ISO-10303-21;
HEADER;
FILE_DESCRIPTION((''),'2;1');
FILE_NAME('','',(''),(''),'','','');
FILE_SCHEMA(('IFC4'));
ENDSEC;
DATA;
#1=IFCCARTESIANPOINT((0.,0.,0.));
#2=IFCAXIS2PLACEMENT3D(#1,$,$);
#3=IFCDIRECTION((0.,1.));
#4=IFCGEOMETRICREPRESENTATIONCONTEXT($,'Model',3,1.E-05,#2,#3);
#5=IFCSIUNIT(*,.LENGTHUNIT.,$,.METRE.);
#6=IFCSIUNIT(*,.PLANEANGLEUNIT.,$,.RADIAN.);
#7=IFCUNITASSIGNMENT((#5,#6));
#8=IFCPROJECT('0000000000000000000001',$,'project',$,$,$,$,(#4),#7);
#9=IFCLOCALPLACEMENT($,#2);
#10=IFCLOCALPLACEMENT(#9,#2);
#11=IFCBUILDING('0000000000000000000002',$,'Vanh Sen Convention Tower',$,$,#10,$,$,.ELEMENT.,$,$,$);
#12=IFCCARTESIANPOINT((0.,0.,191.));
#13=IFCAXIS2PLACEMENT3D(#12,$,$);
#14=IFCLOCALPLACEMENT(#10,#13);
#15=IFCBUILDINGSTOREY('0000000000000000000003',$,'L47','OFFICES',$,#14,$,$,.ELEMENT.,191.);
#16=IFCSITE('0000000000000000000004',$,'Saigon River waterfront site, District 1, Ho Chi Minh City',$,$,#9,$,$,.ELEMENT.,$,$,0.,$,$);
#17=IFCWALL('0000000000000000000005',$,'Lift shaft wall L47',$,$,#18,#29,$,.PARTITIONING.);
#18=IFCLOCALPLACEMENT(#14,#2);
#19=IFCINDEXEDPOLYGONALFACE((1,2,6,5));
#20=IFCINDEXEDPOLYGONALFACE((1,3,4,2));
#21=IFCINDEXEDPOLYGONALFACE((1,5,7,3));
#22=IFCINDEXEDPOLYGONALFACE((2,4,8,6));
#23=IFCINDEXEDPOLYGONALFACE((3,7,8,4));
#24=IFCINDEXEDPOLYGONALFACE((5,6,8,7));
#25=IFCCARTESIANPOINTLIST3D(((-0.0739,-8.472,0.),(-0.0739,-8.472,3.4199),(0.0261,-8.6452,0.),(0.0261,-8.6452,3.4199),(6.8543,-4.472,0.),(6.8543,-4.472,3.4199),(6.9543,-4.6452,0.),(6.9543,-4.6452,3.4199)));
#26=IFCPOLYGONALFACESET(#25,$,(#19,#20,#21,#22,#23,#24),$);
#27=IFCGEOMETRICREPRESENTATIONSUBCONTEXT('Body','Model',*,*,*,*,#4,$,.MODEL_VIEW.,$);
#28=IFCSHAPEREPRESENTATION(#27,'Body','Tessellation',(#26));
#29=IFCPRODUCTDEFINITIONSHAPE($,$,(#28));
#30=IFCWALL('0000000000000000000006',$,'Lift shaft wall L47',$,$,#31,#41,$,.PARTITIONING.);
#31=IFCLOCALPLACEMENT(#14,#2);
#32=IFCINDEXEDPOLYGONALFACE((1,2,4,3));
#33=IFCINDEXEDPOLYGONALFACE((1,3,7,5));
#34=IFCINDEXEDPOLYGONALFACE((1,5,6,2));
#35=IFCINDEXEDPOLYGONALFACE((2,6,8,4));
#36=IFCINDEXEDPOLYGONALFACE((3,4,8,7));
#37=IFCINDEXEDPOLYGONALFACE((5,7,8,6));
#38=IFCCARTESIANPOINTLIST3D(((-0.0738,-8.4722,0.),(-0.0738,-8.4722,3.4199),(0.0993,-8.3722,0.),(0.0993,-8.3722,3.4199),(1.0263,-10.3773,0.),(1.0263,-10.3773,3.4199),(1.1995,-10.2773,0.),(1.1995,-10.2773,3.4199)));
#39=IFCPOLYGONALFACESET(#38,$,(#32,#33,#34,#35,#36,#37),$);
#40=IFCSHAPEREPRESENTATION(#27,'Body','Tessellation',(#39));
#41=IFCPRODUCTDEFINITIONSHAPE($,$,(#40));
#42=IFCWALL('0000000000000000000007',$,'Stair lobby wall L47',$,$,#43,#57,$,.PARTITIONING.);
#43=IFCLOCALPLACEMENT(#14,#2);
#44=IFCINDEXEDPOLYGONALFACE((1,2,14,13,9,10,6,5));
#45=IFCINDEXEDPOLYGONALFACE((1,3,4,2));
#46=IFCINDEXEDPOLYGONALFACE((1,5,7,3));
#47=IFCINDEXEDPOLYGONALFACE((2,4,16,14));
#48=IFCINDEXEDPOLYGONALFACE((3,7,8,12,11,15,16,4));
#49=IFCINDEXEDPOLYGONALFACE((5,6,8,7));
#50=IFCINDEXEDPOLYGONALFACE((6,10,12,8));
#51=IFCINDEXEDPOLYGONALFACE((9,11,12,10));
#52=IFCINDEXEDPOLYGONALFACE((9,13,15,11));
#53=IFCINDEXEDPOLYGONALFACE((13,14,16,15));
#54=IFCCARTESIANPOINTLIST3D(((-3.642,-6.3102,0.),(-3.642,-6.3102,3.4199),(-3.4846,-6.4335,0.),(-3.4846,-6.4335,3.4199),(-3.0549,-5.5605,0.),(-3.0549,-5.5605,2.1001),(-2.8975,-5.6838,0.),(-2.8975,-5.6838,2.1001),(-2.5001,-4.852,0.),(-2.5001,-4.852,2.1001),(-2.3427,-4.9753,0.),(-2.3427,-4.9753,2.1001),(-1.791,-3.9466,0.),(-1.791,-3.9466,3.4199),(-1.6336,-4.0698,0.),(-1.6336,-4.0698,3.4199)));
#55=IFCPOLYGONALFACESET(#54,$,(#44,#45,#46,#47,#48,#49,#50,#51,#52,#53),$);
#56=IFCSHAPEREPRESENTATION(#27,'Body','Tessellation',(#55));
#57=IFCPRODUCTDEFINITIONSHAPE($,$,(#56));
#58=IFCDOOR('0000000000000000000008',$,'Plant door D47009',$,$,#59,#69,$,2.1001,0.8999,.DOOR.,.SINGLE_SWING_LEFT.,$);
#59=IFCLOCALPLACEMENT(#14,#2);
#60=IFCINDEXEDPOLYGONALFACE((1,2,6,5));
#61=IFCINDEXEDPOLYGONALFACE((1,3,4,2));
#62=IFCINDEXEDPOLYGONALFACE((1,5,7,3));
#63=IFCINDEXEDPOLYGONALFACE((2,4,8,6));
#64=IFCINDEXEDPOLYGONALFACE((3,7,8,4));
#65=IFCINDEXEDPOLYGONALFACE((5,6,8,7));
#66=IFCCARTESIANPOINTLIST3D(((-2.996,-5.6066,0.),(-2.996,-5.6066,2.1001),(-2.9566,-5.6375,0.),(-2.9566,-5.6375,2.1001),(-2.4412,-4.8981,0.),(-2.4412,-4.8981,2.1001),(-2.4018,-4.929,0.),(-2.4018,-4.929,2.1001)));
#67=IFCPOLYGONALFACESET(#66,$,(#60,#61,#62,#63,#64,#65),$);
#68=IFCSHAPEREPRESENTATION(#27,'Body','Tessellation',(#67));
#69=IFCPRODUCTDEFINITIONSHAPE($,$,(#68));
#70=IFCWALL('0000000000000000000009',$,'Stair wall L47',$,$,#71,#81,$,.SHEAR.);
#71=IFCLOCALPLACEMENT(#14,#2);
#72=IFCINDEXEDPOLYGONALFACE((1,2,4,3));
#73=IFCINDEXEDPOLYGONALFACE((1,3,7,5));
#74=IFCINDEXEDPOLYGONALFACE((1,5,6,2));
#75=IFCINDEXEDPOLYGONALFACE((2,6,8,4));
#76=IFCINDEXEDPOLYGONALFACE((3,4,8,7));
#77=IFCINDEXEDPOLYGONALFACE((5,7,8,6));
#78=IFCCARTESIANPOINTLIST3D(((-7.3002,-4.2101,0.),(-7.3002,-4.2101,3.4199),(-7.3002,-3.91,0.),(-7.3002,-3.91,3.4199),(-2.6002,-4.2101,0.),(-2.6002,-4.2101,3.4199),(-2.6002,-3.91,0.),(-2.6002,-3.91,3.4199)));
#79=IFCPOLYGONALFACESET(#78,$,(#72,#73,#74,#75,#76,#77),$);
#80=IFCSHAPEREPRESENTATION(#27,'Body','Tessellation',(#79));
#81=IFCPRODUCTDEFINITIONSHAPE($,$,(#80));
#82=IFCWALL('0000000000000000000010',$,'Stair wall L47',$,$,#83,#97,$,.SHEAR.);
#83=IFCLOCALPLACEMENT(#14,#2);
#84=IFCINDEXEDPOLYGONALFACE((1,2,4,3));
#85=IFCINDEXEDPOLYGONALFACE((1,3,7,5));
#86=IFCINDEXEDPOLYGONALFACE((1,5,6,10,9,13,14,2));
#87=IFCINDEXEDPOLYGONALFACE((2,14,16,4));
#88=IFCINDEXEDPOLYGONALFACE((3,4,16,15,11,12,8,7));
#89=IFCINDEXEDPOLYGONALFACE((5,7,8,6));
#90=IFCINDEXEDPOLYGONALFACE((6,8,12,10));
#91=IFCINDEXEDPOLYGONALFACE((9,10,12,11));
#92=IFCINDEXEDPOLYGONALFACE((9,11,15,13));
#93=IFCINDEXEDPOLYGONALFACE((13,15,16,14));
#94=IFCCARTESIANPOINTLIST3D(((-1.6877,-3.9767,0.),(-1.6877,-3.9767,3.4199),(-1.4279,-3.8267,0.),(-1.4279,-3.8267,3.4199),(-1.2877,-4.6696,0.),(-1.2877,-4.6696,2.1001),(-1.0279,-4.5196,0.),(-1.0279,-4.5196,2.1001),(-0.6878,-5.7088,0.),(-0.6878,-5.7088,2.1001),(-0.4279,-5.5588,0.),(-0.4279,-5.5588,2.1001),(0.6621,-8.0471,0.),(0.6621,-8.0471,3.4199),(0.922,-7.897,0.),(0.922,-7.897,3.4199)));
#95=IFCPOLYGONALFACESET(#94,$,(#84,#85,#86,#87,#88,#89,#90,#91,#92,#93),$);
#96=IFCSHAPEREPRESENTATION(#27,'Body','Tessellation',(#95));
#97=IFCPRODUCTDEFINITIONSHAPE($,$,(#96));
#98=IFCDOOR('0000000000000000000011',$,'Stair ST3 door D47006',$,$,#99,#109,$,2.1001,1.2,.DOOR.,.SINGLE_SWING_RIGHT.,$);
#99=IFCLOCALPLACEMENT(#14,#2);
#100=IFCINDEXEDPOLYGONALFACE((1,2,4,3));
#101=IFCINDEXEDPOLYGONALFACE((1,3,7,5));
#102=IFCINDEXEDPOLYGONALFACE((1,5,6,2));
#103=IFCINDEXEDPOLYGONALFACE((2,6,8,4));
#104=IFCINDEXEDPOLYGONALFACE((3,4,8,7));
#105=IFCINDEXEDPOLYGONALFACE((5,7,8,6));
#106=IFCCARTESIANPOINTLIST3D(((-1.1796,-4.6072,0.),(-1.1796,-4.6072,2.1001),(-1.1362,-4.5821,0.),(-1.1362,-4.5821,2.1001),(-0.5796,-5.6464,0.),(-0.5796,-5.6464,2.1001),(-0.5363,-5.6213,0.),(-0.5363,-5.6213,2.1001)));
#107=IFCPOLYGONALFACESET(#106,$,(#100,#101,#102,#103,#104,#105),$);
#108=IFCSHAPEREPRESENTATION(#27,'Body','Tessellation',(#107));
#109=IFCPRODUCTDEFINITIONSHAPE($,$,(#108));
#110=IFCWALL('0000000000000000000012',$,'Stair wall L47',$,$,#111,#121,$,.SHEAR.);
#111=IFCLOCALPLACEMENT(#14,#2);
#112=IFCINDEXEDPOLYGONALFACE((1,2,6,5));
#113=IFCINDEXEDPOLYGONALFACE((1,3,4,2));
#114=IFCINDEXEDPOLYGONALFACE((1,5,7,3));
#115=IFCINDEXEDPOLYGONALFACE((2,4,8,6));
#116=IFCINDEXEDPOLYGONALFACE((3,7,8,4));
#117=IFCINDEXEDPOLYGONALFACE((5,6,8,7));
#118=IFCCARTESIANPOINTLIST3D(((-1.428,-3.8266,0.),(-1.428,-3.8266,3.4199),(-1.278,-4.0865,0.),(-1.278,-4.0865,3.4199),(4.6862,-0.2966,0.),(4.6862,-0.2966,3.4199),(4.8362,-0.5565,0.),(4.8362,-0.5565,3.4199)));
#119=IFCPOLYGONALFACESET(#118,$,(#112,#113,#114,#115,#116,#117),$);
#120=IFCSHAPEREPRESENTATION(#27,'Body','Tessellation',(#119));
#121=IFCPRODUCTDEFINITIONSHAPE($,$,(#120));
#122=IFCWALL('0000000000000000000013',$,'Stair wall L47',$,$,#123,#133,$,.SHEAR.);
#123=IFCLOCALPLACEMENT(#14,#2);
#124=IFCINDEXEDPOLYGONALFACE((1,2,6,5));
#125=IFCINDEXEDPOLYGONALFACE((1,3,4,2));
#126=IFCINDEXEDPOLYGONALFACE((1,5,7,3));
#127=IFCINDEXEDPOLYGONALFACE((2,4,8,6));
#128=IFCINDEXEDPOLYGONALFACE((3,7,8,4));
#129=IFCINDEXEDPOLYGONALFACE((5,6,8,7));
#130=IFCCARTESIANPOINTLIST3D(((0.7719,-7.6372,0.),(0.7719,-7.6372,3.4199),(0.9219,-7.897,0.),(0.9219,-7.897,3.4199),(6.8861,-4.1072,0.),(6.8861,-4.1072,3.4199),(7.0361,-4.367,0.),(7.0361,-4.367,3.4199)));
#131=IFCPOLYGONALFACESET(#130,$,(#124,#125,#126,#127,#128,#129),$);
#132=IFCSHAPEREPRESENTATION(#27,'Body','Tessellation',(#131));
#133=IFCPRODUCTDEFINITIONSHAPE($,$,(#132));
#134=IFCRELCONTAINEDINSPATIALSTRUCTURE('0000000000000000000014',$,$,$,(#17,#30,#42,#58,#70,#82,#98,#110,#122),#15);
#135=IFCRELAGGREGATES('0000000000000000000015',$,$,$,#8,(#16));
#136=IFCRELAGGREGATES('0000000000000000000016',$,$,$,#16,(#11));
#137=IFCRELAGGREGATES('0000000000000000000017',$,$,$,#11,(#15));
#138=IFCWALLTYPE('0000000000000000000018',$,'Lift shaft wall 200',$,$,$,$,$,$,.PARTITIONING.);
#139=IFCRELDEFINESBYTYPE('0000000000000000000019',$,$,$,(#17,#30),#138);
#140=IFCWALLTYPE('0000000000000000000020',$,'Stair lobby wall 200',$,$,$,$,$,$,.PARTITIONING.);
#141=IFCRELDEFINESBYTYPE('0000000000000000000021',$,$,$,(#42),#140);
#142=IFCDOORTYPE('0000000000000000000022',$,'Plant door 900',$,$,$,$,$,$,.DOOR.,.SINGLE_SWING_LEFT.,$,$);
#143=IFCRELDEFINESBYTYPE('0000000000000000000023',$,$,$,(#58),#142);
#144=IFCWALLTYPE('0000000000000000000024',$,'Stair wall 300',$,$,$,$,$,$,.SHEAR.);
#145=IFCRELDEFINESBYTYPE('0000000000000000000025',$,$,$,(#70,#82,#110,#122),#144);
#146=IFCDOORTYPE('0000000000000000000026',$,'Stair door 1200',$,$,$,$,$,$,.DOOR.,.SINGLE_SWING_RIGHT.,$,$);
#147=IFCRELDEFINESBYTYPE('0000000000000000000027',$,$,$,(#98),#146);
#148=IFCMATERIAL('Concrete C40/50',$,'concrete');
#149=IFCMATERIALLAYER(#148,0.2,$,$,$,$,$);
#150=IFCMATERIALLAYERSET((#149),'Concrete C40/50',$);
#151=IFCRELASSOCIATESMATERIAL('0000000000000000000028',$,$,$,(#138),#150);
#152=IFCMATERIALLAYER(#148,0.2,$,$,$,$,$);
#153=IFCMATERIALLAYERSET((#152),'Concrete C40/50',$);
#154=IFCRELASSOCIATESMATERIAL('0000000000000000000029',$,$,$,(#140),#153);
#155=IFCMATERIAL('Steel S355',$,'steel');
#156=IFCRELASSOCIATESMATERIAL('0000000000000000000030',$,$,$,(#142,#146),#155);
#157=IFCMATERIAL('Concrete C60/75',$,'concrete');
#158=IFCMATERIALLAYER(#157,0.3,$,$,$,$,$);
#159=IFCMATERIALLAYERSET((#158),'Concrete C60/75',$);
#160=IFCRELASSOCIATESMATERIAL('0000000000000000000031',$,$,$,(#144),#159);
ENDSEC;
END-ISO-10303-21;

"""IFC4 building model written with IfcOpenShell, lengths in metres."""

from ifc_helpers import new_model, si_unit, direction, frame, frame_2d, origin, place, context, subcontext, project, spatial, rectangle, extrude, material, layer, layer_set, type_object, element, fill, save


model = new_model("IFC4")

# Units and contexts
model_context = context("Model", 3, precision=1e-05, world=origin(), true_north=direction((0.0, 1.0)))
body_context = subcontext(model_context, "Body", "Model", "MODEL_VIEW")
ifc_project = project(units=[si_unit("LENGTHUNIT", "METRE"), si_unit("PLANEANGLEUNIT", "RADIAN")], contexts=[model_context])

# Site, building, storey
site_placement = place(None, origin())
site = spatial("IfcSite", under=ifc_project, at=site_placement, Name="Saigon River waterfront site, District 1, Ho Chi Minh City", CompositionType="ELEMENT", RefElevation=0.0)
building_placement = place(site_placement, origin())
building = spatial("IfcBuilding", under=site, at=building_placement, Name="Vanh Sen Convention Tower", CompositionType="ELEMENT")
storey_placement = place(building_placement, frame((0.0, 0.0, 191.0)))
storey = spatial("IfcBuildingStorey", under=building, at=storey_placement, Name="L47", Description="OFFICES", CompositionType="ELEMENT", Elevation=191.0)

# Shared definitions
ifc_material_1 = material(Name="Concrete C40/50", Category="concrete")

# Shared definitions
ifc_material_2 = material(Name="Steel S355", Category="steel")

# Walls
ifc_layer_1 = layer(ifc_material_1, 0.2)
ifc_layer_set_1 = layer_set([ifc_layer_1], Name="Concrete C40/50")
wall_type_1 = type_object("IfcWallType", Name="Lift shaft wall 200", PredefinedType="PARTITIONING", material=ifc_layer_set_1)
wall_1_placement = place(storey_placement, frame((-0.0239, -8.5586, 0.0), z_axis=(0.0, 0.0, 1.0), x_axis=(0.866026, 0.499999, 0.0)))
element("IfcWall", 1, at=wall_1_placement, inside=storey, type_object=wall_type_1, Name="Lift shaft wall L47", PredefinedType="PARTITIONING", context=body_context, shape_type="SweptSolid", body=[
    extrude(rectangle(XDim=8.0, YDim=0.2, at=frame_2d((4.0, 0.0))), origin(), (0.0, 0.0, 1.0), 3.4199),
])
wall_2_placement = place(storey_placement, frame((0.0127, -8.4221, 0.0), z_axis=(0.0, 0.0, 1.0), x_axis=(0.500078, -0.86598, 0.0)))
element("IfcWall", 2, at=wall_2_placement, inside=storey, type_object=wall_type_1, Name="Lift shaft wall L47", PredefinedType="PARTITIONING", context=body_context, shape_type="SweptSolid", body=[
    extrude(rectangle(XDim=2.2, YDim=0.2, at=frame_2d((1.1001, 0.0))), origin(), (0.0, 0.0, 1.0), 3.4199),
])

# Wall, opening, door
ifc_layer_2 = layer(ifc_material_1, 0.2)
ifc_layer_set_2 = layer_set([ifc_layer_2], Name="Concrete C40/50")
wall_type_2 = type_object("IfcWallType", Name="Stair lobby wall 200", PredefinedType="PARTITIONING", material=ifc_layer_set_2)
wall_3_placement = place(storey_placement, frame((-1.7124, -4.0083, 0.0), z_axis=(0.0, 0.0, 1.0), x_axis=(-0.616549, -0.787316, 0.0)))
wall_3 = element("IfcWall", 3, at=wall_3_placement, inside=storey, type_object=wall_type_2, Name="Stair lobby wall L47", PredefinedType="PARTITIONING", context=body_context, shape_type="SweptSolid", body=[
    extrude(rectangle(XDim=3.0022, YDim=0.2, at=frame_2d((1.501, 0.0))), origin(), (0.0, 0.0, 1.0), 3.4199),
])
opening_1_placement = place(wall_3_placement, frame((1.1499, 0.0, 0.0)))
opening_1 = element("IfcOpeningElement", 4, at=opening_1_placement, cuts=wall_3, PredefinedType="OPENING", context=body_context, shape_type="SweptSolid", body=[
    extrude(rectangle(XDim=0.8999, YDim=2.1001, at=frame_2d((0.45, 1.05))), frame((0.0, 0.1099, 0.0), z_axis=(0.0, -1.0, 0.0), x_axis=(1.0, 0.0, 0.0)), (0.0, 0.0, 1.0), 0.22),
])
door_type_1 = type_object("IfcDoorType", Name="Plant door 900", OperationType="SINGLE_SWING_LEFT", PredefinedType="DOOR", material=ifc_material_2)
door_1_placement = place(opening_1_placement, origin())
door_1 = element("IfcDoor", 5, at=door_1_placement, inside=storey, type_object=door_type_1, Name="Plant door D47009", OperationType="SINGLE_SWING_LEFT", OverallHeight=2.1001, OverallWidth=0.8999, PredefinedType="DOOR", context=body_context, shape_type="SweptSolid", body=[
    extrude(rectangle(XDim=0.8999, YDim=2.1001, at=frame_2d((0.45, 1.05))), frame((0.0, 0.0249, 0.0), z_axis=(0.0, -1.0, 0.0), x_axis=(1.0, 0.0, 0.0)), (0.0, 0.0, 1.0), 0.05),
])
fill(opening_1, door_1)

# Wall
ifc_material_3 = material(Name="Concrete C60/75", Category="concrete")
ifc_layer_3 = layer(ifc_material_3, 0.3)
ifc_layer_set_3 = layer_set([ifc_layer_3], Name="Concrete C60/75")
wall_type_3 = type_object("IfcWallType", Name="Stair wall 300", PredefinedType="SHEAR", material=ifc_layer_set_3)
wall_4_placement = place(storey_placement, frame((-2.6001, -4.0601, 0.0), z_axis=(0.0, 0.0, 1.0), x_axis=(-1.0, 0.0, 0.0)))
element("IfcWall", 6, at=wall_4_placement, inside=storey, type_object=wall_type_3, Name="Stair wall L47", PredefinedType="SHEAR", context=body_context, shape_type="SweptSolid", body=[
    extrude(rectangle(XDim=4.7, YDim=0.3, at=frame_2d((2.3501, 0.0))), origin(), (0.0, 0.0, 1.0), 3.4199),
])

# Wall, opening, door
wall_5_placement = place(storey_placement, frame((-1.5579, -3.9016, 0.0), z_axis=(0.0, 0.0, 1.0), x_axis=(0.499977, -0.866039, 0.0)))
wall_5 = element("IfcWall", 7, at=wall_5_placement, inside=storey, type_object=wall_type_3, Name="Stair wall L47", PredefinedType="SHEAR", context=body_context, shape_type="SweptSolid", body=[
    extrude(rectangle(XDim=4.7, YDim=0.3, at=frame_2d((2.3501, 0.0))), origin(), (0.0, 0.0, 1.0), 3.4199),
])
opening_2_placement = place(wall_5_placement, frame((0.8, 0.0, 0.0)))
opening_2 = element("IfcOpeningElement", 8, at=opening_2_placement, cuts=wall_5, PredefinedType="OPENING", context=body_context, shape_type="SweptSolid", body=[
    extrude(rectangle(XDim=1.2, YDim=2.1001, at=frame_2d((0.6001, 1.05))), frame((0.0, 0.1599, 0.0), z_axis=(0.0, -1.0, 0.0), x_axis=(1.0, 0.0, 0.0)), (0.0, 0.0, 1.0), 0.3201),
])
door_type_2 = type_object("IfcDoorType", Name="Stair door 1200", OperationType="SINGLE_SWING_RIGHT", PredefinedType="DOOR", material=ifc_material_2)
door_2_placement = place(opening_2_placement, origin())
door_2 = element("IfcDoor", 9, at=door_2_placement, inside=storey, type_object=door_type_2, Name="Stair ST3 door D47006", OperationType="SINGLE_SWING_RIGHT", OverallHeight=2.1001, OverallWidth=1.2, PredefinedType="DOOR", context=body_context, shape_type="SweptSolid", body=[
    extrude(rectangle(XDim=1.2, YDim=2.1001, at=frame_2d((0.6001, 1.05))), frame((0.0, 0.0249, 0.0), z_axis=(0.0, -1.0, 0.0), x_axis=(1.0, 0.0, 0.0)), (0.0, 0.0, 1.0), 0.05),
])
fill(opening_2, door_2)

# Walls
for number, where, z_axis, x_axis, name in (
    (10, (-1.353, -3.9565, 0.0), (0.0, 0.0, 1.0), (0.866028, 0.499996, 0.0), "Stair wall L47"),
    (11, (0.8469, -7.7671, 0.0), (0.0, 0.0, 1.0), (0.866028, 0.499996, 0.0), "Stair wall L47"),
):
    element("IfcWall", number, at=place(storey_placement, frame(where, z_axis=z_axis, x_axis=x_axis)), inside=storey, type_object=wall_type_3, Name=name, PredefinedType="SHEAR", context=body_context, shape_type="SweptSolid", body=[
        extrude(rectangle(XDim=7.0601, YDim=0.3, at=frame_2d((3.53, 0.0))), origin(), (0.0, 0.0, 1.0), 3.4199),
    ])

save(model, "model.ifc")
